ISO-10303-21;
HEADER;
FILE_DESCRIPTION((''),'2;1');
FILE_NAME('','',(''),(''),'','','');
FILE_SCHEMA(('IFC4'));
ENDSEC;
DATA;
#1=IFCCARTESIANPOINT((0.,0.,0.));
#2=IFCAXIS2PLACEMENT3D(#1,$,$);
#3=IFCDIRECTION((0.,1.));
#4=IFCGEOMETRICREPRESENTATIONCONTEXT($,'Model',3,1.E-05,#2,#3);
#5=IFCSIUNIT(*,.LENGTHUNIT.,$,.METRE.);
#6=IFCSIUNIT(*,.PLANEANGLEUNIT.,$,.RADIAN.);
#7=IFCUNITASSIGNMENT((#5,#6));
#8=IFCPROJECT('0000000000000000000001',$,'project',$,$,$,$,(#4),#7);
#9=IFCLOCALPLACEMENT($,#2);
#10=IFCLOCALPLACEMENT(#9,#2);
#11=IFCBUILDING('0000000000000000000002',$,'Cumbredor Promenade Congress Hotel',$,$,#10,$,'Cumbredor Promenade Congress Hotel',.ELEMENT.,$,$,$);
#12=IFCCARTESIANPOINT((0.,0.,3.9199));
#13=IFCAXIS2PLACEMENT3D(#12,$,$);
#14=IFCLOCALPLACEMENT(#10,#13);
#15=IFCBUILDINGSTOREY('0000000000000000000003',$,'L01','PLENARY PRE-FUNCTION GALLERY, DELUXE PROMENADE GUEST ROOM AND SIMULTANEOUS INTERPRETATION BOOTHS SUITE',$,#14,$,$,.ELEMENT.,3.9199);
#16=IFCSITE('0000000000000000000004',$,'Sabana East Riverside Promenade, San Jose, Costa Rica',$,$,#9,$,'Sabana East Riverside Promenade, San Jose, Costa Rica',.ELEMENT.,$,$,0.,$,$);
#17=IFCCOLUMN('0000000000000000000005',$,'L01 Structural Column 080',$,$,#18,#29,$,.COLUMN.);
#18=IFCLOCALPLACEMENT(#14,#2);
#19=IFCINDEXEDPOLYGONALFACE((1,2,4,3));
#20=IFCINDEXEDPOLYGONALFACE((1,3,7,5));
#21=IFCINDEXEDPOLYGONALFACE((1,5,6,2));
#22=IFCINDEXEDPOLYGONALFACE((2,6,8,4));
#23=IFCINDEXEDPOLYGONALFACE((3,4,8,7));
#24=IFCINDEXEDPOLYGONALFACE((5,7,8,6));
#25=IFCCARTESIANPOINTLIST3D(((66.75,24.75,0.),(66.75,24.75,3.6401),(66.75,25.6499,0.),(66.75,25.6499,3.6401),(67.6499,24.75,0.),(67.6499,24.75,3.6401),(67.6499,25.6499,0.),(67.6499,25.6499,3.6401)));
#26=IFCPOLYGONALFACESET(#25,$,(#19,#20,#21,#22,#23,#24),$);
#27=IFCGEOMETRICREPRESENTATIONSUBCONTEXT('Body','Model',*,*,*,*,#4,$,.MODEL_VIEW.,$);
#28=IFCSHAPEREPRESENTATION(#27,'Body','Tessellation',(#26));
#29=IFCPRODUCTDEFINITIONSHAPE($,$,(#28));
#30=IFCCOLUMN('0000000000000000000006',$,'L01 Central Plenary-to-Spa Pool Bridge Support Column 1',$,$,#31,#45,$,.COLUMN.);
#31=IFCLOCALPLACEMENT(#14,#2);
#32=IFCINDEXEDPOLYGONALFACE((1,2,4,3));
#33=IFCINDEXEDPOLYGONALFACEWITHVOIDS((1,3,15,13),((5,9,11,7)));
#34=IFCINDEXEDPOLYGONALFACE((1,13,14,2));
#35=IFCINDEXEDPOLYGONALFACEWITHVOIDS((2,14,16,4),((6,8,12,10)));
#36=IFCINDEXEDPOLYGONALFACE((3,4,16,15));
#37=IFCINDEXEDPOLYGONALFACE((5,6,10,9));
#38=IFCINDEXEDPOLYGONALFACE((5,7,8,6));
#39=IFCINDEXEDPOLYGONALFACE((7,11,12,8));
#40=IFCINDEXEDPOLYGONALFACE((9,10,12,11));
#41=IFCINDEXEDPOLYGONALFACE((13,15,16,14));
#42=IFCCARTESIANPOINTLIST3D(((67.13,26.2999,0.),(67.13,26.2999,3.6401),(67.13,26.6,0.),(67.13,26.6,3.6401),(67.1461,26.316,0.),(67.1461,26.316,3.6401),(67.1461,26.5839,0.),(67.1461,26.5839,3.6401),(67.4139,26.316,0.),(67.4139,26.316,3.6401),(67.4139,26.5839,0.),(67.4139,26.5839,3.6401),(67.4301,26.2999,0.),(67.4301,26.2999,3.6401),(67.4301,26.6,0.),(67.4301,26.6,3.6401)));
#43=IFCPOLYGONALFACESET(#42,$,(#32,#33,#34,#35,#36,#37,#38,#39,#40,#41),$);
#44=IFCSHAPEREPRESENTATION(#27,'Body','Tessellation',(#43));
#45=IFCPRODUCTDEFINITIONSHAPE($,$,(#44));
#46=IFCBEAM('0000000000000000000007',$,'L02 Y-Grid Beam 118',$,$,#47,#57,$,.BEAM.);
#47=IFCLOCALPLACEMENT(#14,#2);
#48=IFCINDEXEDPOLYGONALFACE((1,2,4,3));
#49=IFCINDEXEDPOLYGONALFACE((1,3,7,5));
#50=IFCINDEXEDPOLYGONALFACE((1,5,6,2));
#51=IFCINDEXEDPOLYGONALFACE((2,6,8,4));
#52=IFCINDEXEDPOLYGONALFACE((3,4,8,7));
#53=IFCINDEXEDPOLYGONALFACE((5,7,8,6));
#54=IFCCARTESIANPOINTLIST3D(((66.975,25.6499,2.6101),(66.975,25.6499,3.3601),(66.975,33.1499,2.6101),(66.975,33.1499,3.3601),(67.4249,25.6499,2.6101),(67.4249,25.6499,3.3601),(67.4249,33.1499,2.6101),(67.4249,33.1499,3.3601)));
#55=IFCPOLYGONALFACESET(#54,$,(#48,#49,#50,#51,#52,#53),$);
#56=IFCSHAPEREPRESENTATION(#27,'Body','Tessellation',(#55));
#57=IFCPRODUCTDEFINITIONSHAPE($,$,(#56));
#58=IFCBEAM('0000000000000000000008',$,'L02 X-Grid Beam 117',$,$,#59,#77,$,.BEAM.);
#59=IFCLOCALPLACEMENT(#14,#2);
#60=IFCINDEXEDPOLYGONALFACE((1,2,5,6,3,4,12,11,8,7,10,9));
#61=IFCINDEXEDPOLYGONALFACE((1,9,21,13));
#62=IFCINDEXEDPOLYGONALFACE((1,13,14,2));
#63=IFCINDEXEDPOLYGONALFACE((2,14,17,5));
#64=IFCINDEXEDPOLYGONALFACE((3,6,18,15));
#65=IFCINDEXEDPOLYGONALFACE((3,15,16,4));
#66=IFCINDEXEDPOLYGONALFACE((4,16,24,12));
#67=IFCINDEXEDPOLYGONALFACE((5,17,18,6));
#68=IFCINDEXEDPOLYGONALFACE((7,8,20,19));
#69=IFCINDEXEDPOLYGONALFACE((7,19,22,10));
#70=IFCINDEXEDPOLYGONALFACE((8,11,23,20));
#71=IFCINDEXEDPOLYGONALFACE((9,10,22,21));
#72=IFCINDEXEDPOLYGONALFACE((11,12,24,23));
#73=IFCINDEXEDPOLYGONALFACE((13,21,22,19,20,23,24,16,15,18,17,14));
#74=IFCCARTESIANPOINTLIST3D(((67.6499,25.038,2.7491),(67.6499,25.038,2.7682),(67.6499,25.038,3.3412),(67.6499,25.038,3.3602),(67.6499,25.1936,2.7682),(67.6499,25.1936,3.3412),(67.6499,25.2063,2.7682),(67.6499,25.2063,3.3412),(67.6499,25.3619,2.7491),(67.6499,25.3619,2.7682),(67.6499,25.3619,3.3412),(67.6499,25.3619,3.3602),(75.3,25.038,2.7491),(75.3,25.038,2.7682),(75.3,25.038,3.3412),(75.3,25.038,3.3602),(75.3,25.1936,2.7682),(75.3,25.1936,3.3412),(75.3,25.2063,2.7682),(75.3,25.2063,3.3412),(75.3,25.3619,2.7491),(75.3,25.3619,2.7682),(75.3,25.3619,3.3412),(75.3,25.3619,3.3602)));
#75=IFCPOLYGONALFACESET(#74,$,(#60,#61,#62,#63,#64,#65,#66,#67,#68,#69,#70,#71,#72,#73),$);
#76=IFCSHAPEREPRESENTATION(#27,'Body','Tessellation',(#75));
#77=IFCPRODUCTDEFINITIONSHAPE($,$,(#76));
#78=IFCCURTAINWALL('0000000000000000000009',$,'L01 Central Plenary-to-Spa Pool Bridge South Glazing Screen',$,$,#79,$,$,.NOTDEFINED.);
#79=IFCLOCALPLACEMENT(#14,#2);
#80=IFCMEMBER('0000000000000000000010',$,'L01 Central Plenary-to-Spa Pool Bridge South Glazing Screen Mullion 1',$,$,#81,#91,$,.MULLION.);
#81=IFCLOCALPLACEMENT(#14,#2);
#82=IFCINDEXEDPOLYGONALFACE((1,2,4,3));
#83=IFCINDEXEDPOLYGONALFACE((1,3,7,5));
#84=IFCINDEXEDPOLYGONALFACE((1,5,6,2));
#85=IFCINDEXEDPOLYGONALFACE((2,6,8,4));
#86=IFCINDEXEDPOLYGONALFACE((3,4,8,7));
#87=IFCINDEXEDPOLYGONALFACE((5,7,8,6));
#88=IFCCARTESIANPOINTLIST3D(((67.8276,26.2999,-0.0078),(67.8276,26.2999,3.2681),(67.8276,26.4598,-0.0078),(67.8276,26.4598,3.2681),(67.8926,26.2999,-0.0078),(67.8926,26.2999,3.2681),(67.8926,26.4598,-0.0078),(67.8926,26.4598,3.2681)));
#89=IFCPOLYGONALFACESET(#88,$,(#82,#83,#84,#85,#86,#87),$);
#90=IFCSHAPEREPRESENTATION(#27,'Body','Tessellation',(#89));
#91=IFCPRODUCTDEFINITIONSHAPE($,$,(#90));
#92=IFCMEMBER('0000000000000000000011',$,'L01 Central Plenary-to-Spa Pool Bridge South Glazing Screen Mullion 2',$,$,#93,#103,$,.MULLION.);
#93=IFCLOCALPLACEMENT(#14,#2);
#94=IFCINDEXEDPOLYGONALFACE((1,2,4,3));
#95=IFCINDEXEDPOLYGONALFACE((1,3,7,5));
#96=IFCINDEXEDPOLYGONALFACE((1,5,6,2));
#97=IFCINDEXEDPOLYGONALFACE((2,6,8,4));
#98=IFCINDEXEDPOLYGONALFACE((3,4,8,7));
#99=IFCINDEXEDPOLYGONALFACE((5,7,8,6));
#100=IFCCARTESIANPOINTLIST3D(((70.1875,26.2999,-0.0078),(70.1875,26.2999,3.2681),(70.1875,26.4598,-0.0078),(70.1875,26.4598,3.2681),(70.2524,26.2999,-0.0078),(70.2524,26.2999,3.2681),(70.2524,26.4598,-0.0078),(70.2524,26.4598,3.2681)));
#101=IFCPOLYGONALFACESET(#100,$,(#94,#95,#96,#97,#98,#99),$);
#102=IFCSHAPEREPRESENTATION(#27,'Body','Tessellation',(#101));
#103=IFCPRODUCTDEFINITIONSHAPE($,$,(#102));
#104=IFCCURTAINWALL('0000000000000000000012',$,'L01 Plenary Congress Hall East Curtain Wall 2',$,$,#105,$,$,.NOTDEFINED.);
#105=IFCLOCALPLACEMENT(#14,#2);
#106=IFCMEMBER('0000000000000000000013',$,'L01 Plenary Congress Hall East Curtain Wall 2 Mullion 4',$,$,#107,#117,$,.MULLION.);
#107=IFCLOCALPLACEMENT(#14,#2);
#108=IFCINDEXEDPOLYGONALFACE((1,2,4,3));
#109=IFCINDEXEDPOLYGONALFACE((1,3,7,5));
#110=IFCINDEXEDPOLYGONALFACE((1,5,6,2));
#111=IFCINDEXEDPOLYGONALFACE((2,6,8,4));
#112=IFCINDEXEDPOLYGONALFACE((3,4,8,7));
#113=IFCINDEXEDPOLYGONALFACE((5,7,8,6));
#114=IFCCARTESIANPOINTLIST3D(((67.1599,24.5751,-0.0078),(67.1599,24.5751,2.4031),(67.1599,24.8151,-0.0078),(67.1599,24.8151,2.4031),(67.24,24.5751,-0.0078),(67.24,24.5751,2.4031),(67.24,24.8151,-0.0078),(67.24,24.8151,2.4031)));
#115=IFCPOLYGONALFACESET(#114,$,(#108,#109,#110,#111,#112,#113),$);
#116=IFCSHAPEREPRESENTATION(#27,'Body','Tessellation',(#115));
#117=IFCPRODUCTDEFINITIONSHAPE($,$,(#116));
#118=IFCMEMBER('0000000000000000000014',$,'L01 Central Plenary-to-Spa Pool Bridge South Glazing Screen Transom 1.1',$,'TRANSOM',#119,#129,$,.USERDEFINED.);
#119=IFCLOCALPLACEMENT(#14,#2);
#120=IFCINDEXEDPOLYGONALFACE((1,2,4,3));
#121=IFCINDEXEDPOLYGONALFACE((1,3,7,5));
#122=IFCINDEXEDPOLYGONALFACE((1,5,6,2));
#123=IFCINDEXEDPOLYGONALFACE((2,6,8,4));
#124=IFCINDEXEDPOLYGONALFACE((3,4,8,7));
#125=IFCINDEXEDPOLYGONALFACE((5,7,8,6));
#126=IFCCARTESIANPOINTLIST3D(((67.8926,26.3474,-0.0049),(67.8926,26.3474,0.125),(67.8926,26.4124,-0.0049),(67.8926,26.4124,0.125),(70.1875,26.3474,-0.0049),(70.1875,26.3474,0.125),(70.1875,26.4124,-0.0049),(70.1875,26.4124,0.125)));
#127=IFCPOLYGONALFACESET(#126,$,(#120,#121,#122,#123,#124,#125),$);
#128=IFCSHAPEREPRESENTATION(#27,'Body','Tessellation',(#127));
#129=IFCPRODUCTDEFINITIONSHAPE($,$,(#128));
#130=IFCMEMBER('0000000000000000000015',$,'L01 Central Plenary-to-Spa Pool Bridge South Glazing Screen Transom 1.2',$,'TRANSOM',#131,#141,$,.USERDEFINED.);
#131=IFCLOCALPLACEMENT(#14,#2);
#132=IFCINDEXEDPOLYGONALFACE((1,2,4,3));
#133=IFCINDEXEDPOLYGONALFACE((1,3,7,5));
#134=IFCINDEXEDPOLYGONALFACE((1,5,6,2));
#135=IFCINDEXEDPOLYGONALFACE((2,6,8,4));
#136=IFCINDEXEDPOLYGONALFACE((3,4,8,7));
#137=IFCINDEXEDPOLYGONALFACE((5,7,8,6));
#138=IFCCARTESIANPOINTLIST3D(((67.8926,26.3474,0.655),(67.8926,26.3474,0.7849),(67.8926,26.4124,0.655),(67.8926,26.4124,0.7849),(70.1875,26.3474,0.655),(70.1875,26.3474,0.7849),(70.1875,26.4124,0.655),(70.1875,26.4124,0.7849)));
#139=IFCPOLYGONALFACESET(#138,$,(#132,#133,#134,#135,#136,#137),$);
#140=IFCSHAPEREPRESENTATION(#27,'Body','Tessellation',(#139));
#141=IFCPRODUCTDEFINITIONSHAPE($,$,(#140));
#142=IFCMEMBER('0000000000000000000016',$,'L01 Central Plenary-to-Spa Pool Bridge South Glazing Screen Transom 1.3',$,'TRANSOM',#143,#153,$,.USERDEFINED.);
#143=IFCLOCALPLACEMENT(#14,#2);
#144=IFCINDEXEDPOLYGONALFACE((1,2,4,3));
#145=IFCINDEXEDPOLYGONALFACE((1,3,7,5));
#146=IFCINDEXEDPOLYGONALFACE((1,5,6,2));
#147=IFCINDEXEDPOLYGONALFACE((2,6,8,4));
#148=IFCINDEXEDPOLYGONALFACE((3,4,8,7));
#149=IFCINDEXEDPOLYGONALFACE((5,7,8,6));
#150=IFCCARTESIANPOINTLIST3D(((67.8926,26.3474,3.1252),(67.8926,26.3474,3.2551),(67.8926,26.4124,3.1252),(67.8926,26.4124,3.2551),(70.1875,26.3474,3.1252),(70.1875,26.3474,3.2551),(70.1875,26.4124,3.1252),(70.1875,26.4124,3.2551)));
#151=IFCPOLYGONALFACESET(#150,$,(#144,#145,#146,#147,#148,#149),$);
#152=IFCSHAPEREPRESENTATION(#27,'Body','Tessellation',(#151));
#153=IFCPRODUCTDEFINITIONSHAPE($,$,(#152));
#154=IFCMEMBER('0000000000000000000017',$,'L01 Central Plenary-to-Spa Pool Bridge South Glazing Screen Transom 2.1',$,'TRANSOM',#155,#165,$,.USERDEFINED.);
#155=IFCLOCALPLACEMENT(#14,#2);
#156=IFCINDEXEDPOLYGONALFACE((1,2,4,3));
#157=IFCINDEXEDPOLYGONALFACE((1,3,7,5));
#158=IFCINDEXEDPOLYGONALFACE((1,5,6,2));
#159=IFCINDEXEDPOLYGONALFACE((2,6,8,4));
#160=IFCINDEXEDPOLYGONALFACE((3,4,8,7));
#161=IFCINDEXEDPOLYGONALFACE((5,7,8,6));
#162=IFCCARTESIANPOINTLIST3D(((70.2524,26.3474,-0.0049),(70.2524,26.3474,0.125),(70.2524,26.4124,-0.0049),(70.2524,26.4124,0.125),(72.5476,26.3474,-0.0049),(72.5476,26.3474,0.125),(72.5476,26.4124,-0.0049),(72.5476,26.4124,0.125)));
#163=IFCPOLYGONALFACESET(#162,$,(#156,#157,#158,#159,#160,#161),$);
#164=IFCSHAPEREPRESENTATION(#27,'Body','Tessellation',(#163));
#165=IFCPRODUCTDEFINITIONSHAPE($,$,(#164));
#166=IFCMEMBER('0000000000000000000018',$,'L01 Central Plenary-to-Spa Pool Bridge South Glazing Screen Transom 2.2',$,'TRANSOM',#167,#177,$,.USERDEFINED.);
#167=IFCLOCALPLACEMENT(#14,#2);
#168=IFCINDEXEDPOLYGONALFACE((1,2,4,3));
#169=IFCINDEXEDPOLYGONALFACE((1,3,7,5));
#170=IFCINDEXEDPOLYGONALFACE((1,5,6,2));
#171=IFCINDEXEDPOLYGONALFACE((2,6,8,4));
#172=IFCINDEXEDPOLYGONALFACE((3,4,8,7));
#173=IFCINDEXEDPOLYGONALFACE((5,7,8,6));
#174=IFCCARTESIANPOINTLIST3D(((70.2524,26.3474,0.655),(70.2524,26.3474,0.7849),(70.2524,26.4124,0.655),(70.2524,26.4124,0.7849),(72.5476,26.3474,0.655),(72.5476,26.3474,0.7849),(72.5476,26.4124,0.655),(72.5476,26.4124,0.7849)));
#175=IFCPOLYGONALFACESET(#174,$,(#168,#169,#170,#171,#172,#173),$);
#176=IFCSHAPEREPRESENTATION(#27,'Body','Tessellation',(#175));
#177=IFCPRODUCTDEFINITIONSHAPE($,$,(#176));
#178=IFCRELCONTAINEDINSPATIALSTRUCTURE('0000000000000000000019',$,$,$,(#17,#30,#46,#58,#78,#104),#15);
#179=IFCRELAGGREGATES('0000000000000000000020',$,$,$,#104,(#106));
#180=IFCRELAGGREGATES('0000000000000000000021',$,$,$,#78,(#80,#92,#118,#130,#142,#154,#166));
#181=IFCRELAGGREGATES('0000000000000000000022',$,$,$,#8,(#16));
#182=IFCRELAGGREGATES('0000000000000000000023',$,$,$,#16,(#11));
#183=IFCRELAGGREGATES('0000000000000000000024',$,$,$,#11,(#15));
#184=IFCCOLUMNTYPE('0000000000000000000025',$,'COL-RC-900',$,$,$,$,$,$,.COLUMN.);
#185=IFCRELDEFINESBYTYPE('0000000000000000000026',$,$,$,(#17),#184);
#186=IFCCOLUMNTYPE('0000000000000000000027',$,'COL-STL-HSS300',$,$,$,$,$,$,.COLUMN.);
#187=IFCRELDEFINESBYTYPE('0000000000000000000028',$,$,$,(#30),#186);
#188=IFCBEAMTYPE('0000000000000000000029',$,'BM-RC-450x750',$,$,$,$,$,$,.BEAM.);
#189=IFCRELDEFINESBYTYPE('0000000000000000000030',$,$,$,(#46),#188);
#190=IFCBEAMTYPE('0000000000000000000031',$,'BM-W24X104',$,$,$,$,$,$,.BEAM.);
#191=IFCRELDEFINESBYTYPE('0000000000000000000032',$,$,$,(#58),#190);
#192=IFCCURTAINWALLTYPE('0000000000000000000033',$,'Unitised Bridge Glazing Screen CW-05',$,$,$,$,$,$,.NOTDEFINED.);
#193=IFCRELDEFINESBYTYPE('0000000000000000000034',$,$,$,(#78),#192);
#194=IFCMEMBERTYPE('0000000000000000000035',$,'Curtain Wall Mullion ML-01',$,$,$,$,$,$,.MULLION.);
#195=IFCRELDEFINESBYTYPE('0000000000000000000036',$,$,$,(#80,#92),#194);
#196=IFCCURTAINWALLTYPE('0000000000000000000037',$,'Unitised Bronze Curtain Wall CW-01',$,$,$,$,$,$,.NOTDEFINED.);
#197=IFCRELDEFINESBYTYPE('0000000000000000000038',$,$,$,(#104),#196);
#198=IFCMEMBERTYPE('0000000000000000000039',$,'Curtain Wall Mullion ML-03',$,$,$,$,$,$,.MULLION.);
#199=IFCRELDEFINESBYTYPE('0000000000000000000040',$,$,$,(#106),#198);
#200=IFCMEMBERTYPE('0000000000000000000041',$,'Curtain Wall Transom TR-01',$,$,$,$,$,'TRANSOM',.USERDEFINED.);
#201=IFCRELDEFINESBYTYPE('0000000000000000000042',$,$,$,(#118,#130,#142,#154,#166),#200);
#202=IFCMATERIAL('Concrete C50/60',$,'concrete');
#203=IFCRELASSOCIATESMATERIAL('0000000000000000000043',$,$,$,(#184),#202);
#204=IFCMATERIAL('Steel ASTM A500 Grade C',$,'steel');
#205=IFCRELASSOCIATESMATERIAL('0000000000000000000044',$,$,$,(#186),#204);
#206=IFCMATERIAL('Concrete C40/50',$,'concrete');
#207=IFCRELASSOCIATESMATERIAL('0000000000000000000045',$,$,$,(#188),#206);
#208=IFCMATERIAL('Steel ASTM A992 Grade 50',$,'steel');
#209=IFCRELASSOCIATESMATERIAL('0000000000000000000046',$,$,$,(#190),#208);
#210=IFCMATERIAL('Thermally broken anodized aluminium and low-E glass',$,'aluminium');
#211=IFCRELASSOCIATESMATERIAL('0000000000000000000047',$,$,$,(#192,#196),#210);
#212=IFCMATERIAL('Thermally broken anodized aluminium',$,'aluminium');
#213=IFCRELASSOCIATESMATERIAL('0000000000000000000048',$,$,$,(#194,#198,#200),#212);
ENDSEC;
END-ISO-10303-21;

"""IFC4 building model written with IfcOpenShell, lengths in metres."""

from ifc_helpers import new_model, si_unit, direction, frame, origin, origin_2d, place, context, subcontext, project, spatial, rectangle, hollow_rectangle, i_section, extrude, material, material_profile, profile_set, type_object, element, aggregate, save


model = new_model("IFC4")

# Units and contexts
model_context = context("Model", 3, precision=1e-05, world=origin(), true_north=direction((0.0, 1.0)))
body_context = subcontext(model_context, "Body", "Model", "MODEL_VIEW")
ifc_project = project(units=[si_unit("LENGTHUNIT", "METRE"), si_unit("PLANEANGLEUNIT", "RADIAN")], contexts=[model_context])

# Site, building, storey
site_placement = place(None, origin())
site = spatial("IfcSite", under=ifc_project, at=site_placement, Name="Sabana East Riverside Promenade, San Jose, Costa Rica", LongName="Sabana East Riverside Promenade, San Jose, Costa Rica", CompositionType="ELEMENT", RefElevation=0.0)
building_placement = place(site_placement, origin())
building = spatial("IfcBuilding", under=site, at=building_placement, Name="Cumbredor Promenade Congress Hotel", LongName="Cumbredor Promenade Congress Hotel", CompositionType="ELEMENT")
storey_placement = place(building_placement, frame((0.0, 0.0, 3.9199)))
storey = spatial("IfcBuildingStorey", under=building, at=storey_placement, Name="L01", Description="PLENARY PRE-FUNCTION GALLERY, DELUXE PROMENADE GUEST ROOM AND SIMULTANEOUS INTERPRETATION BOOTHS SUITE", CompositionType="ELEMENT", Elevation=3.9199)

# Columns
ifc_material_1 = material(Name="Concrete C50/60", Category="concrete")
ifc_material_profile_1 = material_profile(ifc_material_1, rectangle(XDim=0.8999, YDim=0.8999, at=origin_2d()), Name="RC 900x900")
ifc_profile_set_1 = profile_set([ifc_material_profile_1], Name="Concrete C50/60")
column_type_1 = type_object("IfcColumnType", Name="COL-RC-900", PredefinedType="COLUMN", material=ifc_profile_set_1)
column_1_placement = place(storey_placement, frame((67.2, 25.2, 0.0), z_axis=(0.0, 0.0, 1.0), x_axis=(1.0, 0.0, 0.0)))
element("IfcColumn", 1, at=column_1_placement, inside=storey, type_object=column_type_1, Name="L01 Structural Column 080", PredefinedType="COLUMN", context=body_context, shape_type="SweptSolid", body=[
    extrude(rectangle(XDim=0.8999, YDim=0.8999, at=origin_2d()), origin(), (0.0, 0.0, 1.0), 3.6401),
])
ifc_material_2 = material(Name="Steel ASTM A500 Grade C", Category="steel")
ifc_material_profile_2 = material_profile(ifc_material_2, hollow_rectangle(XDim=0.3, YDim=0.3, WallThickness=0.0161, at=origin_2d()), Name="HSS 300x300x16")
ifc_profile_set_2 = profile_set([ifc_material_profile_2], Name="Steel ASTM A500 Grade C")
column_type_2 = type_object("IfcColumnType", Name="COL-STL-HSS300", PredefinedType="COLUMN", material=ifc_profile_set_2)
column_2_placement = place(storey_placement, frame((67.28, 26.45, 0.0), z_axis=(0.0, 0.0, 1.0), x_axis=(1.0, 0.0, 0.0)))
element("IfcColumn", 2, at=column_2_placement, inside=storey, type_object=column_type_2, Name="L01 Central Plenary-to-Spa Pool Bridge Support Column 1", PredefinedType="COLUMN", context=body_context, shape_type="SweptSolid", body=[
    extrude(hollow_rectangle(XDim=0.3, YDim=0.3, WallThickness=0.0161, at=origin_2d()), origin(), (0.0, 0.0, 1.0), 3.6401),
])

# Beams
ifc_material_3 = material(Name="Concrete C40/50", Category="concrete")
ifc_material_profile_3 = material_profile(ifc_material_3, rectangle(XDim=0.45, YDim=0.75, at=origin_2d()), Name="RC BEAM 450x750")
ifc_profile_set_3 = profile_set([ifc_material_profile_3], Name="Concrete C40/50")
beam_type_1 = type_object("IfcBeamType", Name="BM-RC-450x750", PredefinedType="BEAM", material=ifc_profile_set_3)
beam_1_placement = place(storey_placement, frame((67.2, 25.6499, 2.9851), z_axis=(0.0, 1.0, 0.0), x_axis=(-1.0, 0.0, 0.0)))
element("IfcBeam", 3, at=beam_1_placement, inside=storey, type_object=beam_type_1, Name="L02 Y-Grid Beam 118", PredefinedType="BEAM", context=body_context, shape_type="SweptSolid", body=[
    extrude(rectangle(XDim=0.45, YDim=0.75, at=origin_2d()), origin(), (0.0, 0.0, 1.0), 7.5),
])
ifc_material_4 = material(Name="Steel ASTM A992 Grade 50", Category="steel")
ifc_material_profile_4 = material_profile(ifc_material_4, i_section(OverallWidth=0.324, OverallDepth=0.6111, WebThickness=0.0127, FlangeThickness=0.019, at=origin_2d()), Name="W24X104")
ifc_profile_set_4 = profile_set([ifc_material_profile_4], Name="Steel ASTM A992 Grade 50")
beam_type_2 = type_object("IfcBeamType", Name="BM-W24X104", PredefinedType="BEAM", material=ifc_profile_set_4)
beam_2_placement = place(storey_placement, frame((67.6499, 25.2, 3.0547), z_axis=(1.0, 0.0, 0.0), x_axis=(0.0, 1.0, 0.0)))
element("IfcBeam", 4, at=beam_2_placement, inside=storey, type_object=beam_type_2, Name="L02 X-Grid Beam 117", PredefinedType="BEAM", context=body_context, shape_type="SweptSolid", body=[
    extrude(i_section(OverallWidth=0.324, OverallDepth=0.6111, WebThickness=0.0127, FlangeThickness=0.019, at=origin_2d()), origin(), (0.0, 0.0, 1.0), 7.6501),
])

# Curtain wall, members
ifc_material_5 = material(Name="Thermally broken anodized aluminium and low-E glass", Category="aluminium")
curtain_wall_type_1 = type_object("IfcCurtainWallType", Name="Unitised Bridge Glazing Screen CW-05", PredefinedType="NOTDEFINED", material=ifc_material_5)
curtain_wall_1_placement = place(storey_placement, origin())
curtain_wall_1 = element("IfcCurtainWall", 5, at=curtain_wall_1_placement, inside=storey, type_object=curtain_wall_type_1, Name="L01 Central Plenary-to-Spa Pool Bridge South Glazing Screen", PredefinedType="NOTDEFINED")
ifc_material_6 = material(Name="Thermally broken anodized aluminium", Category="aluminium")
ifc_material_profile_5 = material_profile(ifc_material_6, rectangle(XDim=0.0649, YDim=0.1599, at=origin_2d()), Name="ALU MULLION 65x160")
ifc_profile_set_5 = profile_set([ifc_material_profile_5], Name="Thermally broken anodized aluminium")
member_type_1 = type_object("IfcMemberType", Name="Curtain Wall Mullion ML-01", PredefinedType="MULLION", material=ifc_profile_set_5)
member_1_placement = place(storey_placement, frame((67.8601, 26.3799, -0.0078), z_axis=(0.0, 0.0, 1.0), x_axis=(1.0, 0.0, 0.0)))
member_1 = element("IfcMember", 6, at=member_1_placement, type_object=member_type_1, Name="L01 Central Plenary-to-Spa Pool Bridge South Glazing Screen Mullion 1", PredefinedType="MULLION", context=body_context, shape_type="SweptSolid", body=[
    extrude(rectangle(XDim=0.0649, YDim=0.1599, at=origin_2d()), origin(), (0.0, 0.0, 1.0), 3.2759),
])
member_2_placement = place(storey_placement, frame((70.22, 26.3799, -0.0078), z_axis=(0.0, 0.0, 1.0), x_axis=(1.0, 0.0, 0.0)))
member_2 = element("IfcMember", 7, at=member_2_placement, type_object=member_type_1, Name="L01 Central Plenary-to-Spa Pool Bridge South Glazing Screen Mullion 2", PredefinedType="MULLION", context=body_context, shape_type="SweptSolid", body=[
    extrude(rectangle(XDim=0.0649, YDim=0.1599, at=origin_2d()), origin(), (0.0, 0.0, 1.0), 3.2759),
])

# Curtain wall, member
curtain_wall_type_2 = type_object("IfcCurtainWallType", Name="Unitised Bronze Curtain Wall CW-01", PredefinedType="NOTDEFINED", material=ifc_material_5)
curtain_wall_2_placement = place(storey_placement, origin())
curtain_wall_2 = element("IfcCurtainWall", 8, at=curtain_wall_2_placement, inside=storey, type_object=curtain_wall_type_2, Name="L01 Plenary Congress Hall East Curtain Wall 2", PredefinedType="NOTDEFINED")
ifc_material_profile_6 = material_profile(ifc_material_6, rectangle(XDim=0.0801, YDim=0.24, at=origin_2d()), Name="ALU MULLION 80x240")
ifc_profile_set_6 = profile_set([ifc_material_profile_6], Name="Thermally broken anodized aluminium")
member_type_2 = type_object("IfcMemberType", Name="Curtain Wall Mullion ML-03", PredefinedType="MULLION", material=ifc_profile_set_6)
member_3_placement = place(storey_placement, frame((67.2, 24.6951, -0.0078), z_axis=(0.0, 0.0, 1.0), x_axis=(1.0, 0.0, 0.0)))
member_3 = element("IfcMember", 9, at=member_3_placement, type_object=member_type_2, Name="L01 Plenary Congress Hall East Curtain Wall 2 Mullion 4", PredefinedType="MULLION", context=body_context, shape_type="SweptSolid", body=[
    extrude(rectangle(XDim=0.0801, YDim=0.24, at=origin_2d()), origin(), (0.0, 0.0, 1.0), 2.4109),
])

# Members
ifc_material_profile_7 = material_profile(ifc_material_6, rectangle(XDim=0.0649, YDim=0.1299, at=origin_2d()), Name="ALU TRANSOM 65x130")
ifc_profile_set_7 = profile_set([ifc_material_profile_7], Name="Thermally broken anodized aluminium")
member_type_3 = type_object("IfcMemberType", Name="Curtain Wall Transom TR-01", ElementType="TRANSOM", PredefinedType="USERDEFINED", material=ifc_profile_set_7)
member_4_placement = place(storey_placement, frame((67.8926, 26.3799, 0.0601), z_axis=(1.0, 0.0, 0.0), x_axis=(0.0, 1.0, 0.0)))
member_4 = element("IfcMember", 10, at=member_4_placement, type_object=member_type_3, Name="L01 Central Plenary-to-Spa Pool Bridge South Glazing Screen Transom 1.1", ObjectType="TRANSOM", PredefinedType="USERDEFINED", context=body_context, shape_type="SweptSolid", body=[
    extrude(rectangle(XDim=0.0649, YDim=0.1299, at=origin_2d()), origin(), (0.0, 0.0, 1.0), 2.2949),
])
member_5_placement = place(storey_placement, frame((67.8926, 26.3799, 0.72), z_axis=(1.0, 0.0, 0.0), x_axis=(0.0, 1.0, 0.0)))
member_5 = element("IfcMember", 11, at=member_5_placement, type_object=member_type_3, Name="L01 Central Plenary-to-Spa Pool Bridge South Glazing Screen Transom 1.2", ObjectType="TRANSOM", PredefinedType="USERDEFINED", context=body_context, shape_type="SweptSolid", body=[
    extrude(rectangle(XDim=0.0649, YDim=0.1299, at=origin_2d()), origin(), (0.0, 0.0, 1.0), 2.2949),
])
member_6_placement = place(storey_placement, frame((67.8926, 26.3799, 3.1902), z_axis=(1.0, 0.0, 0.0), x_axis=(0.0, 1.0, 0.0)))
member_6 = element("IfcMember", 12, at=member_6_placement, type_object=member_type_3, Name="L01 Central Plenary-to-Spa Pool Bridge South Glazing Screen Transom 1.3", ObjectType="TRANSOM", PredefinedType="USERDEFINED", context=body_context, shape_type="SweptSolid", body=[
    extrude(rectangle(XDim=0.0649, YDim=0.1299, at=origin_2d()), origin(), (0.0, 0.0, 1.0), 2.2949),
])
member_7_placement = place(storey_placement, frame((70.2524, 26.3799, 0.0601), z_axis=(1.0, 0.0, 0.0), x_axis=(0.0, 1.0, 0.0)))
member_7 = element("IfcMember", 13, at=member_7_placement, type_object=member_type_3, Name="L01 Central Plenary-to-Spa Pool Bridge South Glazing Screen Transom 2.1", ObjectType="TRANSOM", PredefinedType="USERDEFINED", context=body_context, shape_type="SweptSolid", body=[
    extrude(rectangle(XDim=0.0649, YDim=0.1299, at=origin_2d()), origin(), (0.0, 0.0, 1.0), 2.2952),
])
member_8_placement = place(storey_placement, frame((70.2524, 26.3799, 0.72), z_axis=(1.0, 0.0, 0.0), x_axis=(0.0, 1.0, 0.0)))
member_8 = element("IfcMember", 14, at=member_8_placement, type_object=member_type_3, Name="L01 Central Plenary-to-Spa Pool Bridge South Glazing Screen Transom 2.2", ObjectType="TRANSOM", PredefinedType="USERDEFINED", context=body_context, shape_type="SweptSolid", body=[
    extrude(rectangle(XDim=0.0649, YDim=0.1299, at=origin_2d()), origin(), (0.0, 0.0, 1.0), 2.2952),
])

aggregate(curtain_wall_2, [member_3])

aggregate(curtain_wall_1, [member_1, member_2, member_4, member_5, member_6, member_7, member_8])

save(model, "model.ifc")
